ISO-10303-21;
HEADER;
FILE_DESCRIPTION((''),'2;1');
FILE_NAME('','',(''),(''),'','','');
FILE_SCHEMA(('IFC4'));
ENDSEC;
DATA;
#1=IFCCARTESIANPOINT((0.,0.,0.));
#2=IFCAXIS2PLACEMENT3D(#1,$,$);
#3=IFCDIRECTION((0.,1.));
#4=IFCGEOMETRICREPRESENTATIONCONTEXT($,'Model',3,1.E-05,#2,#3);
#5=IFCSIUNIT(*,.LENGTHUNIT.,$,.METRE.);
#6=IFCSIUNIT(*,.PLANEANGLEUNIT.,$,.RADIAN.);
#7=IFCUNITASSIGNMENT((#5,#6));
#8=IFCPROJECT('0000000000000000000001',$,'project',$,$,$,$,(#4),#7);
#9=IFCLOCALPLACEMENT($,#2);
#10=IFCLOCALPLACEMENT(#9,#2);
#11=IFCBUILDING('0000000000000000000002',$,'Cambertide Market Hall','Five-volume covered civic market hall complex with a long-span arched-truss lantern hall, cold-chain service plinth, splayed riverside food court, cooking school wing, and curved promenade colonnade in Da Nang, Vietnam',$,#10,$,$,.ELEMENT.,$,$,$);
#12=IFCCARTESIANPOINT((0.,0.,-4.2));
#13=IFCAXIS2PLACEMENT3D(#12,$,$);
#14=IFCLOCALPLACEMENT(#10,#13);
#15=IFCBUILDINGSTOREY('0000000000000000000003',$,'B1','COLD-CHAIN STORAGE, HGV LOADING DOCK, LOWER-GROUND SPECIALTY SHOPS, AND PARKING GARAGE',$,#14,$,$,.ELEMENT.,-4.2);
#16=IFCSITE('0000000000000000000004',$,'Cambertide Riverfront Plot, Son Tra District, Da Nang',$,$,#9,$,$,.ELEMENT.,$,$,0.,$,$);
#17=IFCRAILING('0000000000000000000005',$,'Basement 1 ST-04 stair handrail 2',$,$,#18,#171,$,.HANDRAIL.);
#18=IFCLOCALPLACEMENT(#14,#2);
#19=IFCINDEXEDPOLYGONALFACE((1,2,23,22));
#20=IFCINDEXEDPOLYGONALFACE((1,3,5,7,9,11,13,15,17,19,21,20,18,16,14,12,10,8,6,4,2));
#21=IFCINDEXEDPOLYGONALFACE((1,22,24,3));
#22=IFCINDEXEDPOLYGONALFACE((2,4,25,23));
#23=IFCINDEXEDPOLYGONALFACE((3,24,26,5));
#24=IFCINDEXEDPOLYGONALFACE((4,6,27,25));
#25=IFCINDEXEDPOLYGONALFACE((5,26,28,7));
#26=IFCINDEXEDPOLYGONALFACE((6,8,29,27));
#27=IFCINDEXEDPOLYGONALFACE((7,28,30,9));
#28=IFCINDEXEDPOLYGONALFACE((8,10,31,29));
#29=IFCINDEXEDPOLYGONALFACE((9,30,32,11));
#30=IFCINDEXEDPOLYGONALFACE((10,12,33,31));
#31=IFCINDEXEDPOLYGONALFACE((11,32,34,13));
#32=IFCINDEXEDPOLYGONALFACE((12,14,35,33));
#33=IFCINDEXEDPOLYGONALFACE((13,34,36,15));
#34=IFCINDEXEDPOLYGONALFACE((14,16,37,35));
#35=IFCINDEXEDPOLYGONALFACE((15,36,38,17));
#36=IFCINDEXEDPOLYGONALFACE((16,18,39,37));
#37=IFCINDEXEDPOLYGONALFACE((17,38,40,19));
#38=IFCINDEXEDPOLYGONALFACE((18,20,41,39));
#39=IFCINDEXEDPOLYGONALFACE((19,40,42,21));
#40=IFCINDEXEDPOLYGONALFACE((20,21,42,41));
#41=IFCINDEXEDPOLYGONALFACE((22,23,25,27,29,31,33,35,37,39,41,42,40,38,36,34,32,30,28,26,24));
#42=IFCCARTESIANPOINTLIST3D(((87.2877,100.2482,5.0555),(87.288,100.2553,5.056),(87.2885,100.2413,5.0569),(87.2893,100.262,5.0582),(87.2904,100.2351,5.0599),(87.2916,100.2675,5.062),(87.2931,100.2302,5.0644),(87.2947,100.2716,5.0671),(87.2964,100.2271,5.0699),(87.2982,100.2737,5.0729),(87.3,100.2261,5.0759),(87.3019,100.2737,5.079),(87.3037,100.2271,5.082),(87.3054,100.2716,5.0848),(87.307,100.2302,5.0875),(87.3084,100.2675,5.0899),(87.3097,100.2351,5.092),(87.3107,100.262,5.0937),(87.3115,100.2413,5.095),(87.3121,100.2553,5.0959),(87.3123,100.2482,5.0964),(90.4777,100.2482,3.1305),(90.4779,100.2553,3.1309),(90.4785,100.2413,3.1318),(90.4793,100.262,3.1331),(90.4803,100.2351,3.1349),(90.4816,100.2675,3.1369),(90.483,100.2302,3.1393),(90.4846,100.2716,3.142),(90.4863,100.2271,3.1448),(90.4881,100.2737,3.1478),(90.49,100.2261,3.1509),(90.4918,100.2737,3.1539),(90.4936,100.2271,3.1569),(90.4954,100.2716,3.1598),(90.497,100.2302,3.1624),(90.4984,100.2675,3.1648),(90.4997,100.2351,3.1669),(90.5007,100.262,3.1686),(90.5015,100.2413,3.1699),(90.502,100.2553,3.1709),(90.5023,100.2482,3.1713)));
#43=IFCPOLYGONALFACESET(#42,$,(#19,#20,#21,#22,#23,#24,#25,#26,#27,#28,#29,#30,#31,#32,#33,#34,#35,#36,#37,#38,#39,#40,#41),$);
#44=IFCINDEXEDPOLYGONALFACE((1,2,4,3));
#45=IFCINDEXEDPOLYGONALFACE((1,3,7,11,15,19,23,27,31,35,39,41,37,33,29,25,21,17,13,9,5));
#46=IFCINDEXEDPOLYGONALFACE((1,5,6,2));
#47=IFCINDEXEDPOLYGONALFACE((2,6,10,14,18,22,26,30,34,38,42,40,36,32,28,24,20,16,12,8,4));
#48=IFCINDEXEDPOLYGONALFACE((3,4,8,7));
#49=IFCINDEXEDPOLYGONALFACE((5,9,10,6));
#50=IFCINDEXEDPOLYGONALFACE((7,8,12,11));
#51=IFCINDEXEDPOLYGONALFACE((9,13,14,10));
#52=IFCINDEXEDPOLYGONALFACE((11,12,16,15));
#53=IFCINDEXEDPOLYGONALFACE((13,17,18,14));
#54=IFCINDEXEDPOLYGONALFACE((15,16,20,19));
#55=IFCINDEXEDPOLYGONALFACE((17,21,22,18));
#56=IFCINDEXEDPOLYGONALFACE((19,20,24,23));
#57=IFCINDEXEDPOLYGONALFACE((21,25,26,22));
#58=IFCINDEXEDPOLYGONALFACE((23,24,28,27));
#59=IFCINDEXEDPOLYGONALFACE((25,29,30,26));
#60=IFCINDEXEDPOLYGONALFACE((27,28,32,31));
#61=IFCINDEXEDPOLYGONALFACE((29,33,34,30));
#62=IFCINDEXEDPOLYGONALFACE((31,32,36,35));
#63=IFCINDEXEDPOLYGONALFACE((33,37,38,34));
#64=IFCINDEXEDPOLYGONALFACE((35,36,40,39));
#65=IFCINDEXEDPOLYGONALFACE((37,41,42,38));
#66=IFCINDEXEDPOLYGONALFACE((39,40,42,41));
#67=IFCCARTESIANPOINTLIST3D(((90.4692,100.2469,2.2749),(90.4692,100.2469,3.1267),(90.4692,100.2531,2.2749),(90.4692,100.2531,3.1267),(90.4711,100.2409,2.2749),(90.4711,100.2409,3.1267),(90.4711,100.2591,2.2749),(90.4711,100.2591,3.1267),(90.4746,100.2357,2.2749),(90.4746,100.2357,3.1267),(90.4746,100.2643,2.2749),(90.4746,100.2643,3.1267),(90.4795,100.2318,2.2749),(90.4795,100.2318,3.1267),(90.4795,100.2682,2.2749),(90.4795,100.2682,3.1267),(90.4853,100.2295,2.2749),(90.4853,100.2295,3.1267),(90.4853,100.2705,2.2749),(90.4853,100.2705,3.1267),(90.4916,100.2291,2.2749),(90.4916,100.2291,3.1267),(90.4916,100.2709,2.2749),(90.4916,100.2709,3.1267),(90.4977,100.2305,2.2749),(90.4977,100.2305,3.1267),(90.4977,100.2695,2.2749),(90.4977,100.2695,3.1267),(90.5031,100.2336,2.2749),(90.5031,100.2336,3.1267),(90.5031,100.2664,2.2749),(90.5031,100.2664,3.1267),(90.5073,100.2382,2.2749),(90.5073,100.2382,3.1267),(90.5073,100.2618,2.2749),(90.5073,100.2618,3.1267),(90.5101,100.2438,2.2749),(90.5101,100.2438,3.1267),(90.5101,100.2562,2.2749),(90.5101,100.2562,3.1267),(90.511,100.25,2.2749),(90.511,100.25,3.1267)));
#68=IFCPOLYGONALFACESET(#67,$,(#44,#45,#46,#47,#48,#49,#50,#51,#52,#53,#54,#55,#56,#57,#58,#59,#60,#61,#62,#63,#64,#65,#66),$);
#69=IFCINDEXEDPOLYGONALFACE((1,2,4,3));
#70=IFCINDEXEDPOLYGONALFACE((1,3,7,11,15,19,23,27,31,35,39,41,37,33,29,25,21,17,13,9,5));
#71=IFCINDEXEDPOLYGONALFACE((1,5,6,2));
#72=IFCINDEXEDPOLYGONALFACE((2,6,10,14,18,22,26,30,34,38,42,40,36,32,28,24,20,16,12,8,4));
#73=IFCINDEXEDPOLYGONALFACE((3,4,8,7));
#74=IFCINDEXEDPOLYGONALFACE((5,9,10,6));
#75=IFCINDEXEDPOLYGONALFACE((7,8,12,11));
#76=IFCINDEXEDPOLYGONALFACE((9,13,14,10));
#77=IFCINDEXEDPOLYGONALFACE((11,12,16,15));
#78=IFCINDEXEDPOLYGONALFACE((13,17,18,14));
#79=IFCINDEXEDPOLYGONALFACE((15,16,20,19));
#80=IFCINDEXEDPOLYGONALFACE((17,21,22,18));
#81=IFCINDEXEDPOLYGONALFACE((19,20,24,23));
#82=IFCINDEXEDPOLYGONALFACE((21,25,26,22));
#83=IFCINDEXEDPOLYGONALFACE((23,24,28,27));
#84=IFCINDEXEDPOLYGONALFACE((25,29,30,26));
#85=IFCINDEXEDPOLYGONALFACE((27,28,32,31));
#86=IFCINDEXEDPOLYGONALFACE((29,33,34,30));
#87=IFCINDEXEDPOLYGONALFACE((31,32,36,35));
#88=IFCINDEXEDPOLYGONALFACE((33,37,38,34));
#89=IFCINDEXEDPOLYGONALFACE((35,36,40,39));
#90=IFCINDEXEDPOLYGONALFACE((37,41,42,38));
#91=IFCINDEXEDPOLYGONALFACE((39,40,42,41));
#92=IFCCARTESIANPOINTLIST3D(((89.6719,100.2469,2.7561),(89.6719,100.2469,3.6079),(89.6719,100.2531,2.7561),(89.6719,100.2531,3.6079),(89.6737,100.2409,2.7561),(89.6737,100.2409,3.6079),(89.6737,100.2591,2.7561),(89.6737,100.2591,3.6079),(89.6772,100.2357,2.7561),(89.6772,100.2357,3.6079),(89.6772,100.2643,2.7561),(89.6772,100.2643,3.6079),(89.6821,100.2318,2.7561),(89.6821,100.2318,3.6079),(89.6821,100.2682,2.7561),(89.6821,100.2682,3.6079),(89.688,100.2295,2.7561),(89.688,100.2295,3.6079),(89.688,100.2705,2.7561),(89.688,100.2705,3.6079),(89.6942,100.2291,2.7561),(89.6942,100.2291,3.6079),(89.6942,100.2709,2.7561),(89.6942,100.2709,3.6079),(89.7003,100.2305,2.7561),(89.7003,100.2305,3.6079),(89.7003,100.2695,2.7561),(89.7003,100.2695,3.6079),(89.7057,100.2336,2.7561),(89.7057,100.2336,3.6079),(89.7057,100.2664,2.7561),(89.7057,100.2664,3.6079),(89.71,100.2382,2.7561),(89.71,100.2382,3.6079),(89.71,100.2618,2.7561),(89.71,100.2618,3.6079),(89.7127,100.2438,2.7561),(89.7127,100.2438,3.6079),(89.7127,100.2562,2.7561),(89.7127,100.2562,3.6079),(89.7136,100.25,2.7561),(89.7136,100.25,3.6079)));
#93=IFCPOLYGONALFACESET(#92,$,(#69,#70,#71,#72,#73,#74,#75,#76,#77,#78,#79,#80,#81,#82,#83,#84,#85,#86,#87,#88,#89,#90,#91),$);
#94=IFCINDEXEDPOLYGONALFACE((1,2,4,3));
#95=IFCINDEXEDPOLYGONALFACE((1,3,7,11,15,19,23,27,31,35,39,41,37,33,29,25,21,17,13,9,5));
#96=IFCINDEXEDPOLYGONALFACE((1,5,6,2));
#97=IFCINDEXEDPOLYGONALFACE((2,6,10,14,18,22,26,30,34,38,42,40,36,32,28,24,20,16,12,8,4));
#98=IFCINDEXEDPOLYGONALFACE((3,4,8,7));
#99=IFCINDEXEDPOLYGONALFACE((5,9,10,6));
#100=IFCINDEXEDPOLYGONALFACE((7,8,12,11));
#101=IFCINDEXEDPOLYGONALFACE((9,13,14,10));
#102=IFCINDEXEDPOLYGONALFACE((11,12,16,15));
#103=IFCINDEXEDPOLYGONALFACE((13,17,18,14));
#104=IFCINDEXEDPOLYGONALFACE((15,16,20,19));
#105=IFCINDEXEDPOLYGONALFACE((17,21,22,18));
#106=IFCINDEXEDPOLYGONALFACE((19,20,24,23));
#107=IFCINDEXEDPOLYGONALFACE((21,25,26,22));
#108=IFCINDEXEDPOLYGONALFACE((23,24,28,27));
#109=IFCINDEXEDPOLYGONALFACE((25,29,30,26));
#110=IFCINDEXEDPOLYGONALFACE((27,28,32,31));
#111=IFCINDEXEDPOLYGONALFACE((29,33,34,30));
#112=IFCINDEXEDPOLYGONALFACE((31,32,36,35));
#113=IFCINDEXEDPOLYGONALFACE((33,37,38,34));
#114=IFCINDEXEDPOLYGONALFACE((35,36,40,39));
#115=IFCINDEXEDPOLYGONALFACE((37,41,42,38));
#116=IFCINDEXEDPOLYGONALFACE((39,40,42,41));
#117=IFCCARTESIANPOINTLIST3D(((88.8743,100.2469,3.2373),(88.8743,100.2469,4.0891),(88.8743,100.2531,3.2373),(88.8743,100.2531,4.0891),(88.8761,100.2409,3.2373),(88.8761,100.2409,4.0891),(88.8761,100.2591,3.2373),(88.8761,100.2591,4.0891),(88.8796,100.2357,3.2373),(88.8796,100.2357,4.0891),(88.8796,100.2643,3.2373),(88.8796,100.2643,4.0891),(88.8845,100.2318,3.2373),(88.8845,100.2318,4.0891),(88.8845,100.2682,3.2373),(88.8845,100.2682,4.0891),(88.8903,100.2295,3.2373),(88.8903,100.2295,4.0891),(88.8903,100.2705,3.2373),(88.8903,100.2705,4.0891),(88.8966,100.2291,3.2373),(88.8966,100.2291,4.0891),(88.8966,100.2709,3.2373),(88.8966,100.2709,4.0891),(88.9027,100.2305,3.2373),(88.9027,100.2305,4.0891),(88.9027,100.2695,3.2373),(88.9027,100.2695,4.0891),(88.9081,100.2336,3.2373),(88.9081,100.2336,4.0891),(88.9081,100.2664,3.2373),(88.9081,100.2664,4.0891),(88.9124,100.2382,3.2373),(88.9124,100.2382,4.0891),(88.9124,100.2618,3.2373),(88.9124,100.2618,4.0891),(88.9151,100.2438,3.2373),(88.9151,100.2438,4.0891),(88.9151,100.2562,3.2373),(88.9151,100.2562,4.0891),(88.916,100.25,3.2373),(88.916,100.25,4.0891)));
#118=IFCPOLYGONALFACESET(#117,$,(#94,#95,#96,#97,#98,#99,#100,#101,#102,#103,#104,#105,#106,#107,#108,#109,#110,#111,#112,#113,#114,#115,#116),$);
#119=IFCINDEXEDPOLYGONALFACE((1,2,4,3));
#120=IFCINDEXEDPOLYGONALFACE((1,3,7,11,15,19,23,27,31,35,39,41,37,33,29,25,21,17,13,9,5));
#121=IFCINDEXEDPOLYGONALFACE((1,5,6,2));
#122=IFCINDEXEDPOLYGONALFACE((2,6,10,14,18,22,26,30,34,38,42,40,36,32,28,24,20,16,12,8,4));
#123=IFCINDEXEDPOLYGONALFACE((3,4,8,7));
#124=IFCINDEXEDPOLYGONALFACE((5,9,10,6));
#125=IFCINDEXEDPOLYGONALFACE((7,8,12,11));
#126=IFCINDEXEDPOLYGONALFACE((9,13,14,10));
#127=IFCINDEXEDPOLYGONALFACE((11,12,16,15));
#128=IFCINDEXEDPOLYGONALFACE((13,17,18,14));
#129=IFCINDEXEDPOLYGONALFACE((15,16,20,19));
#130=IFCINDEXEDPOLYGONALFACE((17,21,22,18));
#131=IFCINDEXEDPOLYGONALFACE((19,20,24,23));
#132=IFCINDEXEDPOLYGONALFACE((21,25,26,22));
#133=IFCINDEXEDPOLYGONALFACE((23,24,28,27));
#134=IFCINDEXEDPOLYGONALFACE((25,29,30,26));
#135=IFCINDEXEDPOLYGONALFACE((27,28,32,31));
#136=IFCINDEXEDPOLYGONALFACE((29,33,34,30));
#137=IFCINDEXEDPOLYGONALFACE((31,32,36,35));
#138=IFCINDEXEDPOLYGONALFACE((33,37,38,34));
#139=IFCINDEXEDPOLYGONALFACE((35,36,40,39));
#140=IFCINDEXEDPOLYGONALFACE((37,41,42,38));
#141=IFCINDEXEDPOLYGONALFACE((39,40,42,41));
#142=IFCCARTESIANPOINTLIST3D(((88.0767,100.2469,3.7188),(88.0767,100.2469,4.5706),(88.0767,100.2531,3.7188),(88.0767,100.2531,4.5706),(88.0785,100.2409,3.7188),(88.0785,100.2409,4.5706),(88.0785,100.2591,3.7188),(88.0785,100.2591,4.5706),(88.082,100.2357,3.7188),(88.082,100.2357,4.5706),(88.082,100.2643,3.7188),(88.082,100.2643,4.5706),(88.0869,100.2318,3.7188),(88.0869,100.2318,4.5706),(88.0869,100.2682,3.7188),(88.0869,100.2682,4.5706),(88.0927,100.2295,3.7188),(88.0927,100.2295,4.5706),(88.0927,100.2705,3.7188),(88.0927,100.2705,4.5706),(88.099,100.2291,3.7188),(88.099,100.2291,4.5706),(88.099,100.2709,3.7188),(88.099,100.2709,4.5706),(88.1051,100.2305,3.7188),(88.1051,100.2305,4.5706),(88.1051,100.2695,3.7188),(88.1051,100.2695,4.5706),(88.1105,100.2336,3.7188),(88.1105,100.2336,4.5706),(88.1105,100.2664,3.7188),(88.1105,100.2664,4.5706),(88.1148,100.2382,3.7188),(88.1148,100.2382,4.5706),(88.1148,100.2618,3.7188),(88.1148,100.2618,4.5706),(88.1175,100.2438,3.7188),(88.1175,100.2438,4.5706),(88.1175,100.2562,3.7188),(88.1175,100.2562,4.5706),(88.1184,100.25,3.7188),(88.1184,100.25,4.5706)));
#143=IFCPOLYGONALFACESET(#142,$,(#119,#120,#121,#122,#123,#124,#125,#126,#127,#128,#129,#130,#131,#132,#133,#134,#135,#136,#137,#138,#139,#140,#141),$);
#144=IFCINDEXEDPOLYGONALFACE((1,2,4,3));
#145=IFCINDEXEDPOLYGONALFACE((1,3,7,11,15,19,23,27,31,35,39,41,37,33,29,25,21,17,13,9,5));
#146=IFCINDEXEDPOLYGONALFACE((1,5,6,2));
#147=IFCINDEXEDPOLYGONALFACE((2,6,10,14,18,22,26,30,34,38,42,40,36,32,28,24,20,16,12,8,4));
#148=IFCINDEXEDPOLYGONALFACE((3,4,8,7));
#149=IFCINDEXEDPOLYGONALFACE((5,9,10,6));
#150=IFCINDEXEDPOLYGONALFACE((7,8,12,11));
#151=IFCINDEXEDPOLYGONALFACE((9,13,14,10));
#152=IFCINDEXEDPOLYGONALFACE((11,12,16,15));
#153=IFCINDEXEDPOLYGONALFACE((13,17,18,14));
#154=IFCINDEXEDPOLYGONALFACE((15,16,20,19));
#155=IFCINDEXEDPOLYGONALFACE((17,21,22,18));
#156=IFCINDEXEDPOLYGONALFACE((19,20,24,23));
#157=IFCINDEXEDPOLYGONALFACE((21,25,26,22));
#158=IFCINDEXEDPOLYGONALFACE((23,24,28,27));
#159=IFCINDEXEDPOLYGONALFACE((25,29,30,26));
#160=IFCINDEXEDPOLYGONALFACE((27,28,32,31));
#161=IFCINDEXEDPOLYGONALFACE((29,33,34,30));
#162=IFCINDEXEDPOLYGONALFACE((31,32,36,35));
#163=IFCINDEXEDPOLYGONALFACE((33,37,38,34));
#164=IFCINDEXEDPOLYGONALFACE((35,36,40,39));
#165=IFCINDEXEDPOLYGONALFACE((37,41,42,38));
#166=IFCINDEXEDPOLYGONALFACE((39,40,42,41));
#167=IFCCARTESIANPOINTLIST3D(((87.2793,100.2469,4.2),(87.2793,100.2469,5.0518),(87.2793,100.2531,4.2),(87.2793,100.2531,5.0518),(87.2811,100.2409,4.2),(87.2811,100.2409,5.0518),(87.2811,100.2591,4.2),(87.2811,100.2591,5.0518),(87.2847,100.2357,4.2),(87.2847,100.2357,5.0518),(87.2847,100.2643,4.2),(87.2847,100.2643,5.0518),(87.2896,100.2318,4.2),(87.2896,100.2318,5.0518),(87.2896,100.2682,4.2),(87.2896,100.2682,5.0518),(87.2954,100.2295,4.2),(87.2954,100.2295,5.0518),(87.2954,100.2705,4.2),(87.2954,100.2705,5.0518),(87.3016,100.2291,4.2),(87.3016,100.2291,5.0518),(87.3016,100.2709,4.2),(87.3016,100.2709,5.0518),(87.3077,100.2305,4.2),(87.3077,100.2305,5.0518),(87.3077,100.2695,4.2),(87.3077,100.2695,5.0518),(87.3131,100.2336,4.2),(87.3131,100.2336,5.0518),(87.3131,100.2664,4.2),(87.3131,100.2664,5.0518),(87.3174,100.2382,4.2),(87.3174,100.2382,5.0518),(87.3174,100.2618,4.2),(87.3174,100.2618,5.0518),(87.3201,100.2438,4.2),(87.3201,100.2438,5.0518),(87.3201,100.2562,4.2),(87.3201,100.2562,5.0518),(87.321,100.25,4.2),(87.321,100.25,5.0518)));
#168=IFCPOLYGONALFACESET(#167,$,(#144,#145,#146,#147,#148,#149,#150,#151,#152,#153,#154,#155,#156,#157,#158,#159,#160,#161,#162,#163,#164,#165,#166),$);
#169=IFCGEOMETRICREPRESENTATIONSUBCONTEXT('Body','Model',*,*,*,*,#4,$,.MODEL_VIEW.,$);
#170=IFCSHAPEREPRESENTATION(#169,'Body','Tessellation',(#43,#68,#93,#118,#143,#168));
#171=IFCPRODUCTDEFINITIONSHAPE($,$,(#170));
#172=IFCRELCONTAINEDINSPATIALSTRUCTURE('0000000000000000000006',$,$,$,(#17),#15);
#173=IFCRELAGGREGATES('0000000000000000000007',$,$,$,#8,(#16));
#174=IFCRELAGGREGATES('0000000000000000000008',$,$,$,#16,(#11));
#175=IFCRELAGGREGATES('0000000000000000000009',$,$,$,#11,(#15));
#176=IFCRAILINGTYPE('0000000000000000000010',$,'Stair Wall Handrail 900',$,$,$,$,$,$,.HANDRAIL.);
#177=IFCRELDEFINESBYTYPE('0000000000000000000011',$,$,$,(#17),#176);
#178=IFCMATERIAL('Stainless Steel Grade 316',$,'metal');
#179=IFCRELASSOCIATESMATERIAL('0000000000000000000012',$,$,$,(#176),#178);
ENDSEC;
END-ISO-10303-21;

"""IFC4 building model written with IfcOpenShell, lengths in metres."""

from ifc_helpers import new_model, si_unit, direction, frame, origin, origin_2d, place, context, subcontext, project, spatial, circle, extrude, material, type_object, element, save


model = new_model("IFC4")

# Units and contexts
model_context = context("Model", 3, precision=1e-05, world=origin(), true_north=direction((0.0, 1.0)))
body_context = subcontext(model_context, "Body", "Model", "MODEL_VIEW")
ifc_project = project(units=[si_unit("LENGTHUNIT", "METRE"), si_unit("PLANEANGLEUNIT", "RADIAN")], contexts=[model_context])

# Site, building, storey
site_placement = place(None, origin())
site = spatial("IfcSite", under=ifc_project, at=site_placement, Name="Cambertide Riverfront Plot, Son Tra District, Da Nang", CompositionType="ELEMENT", RefElevation=0.0)
building_placement = place(site_placement, origin())
building = spatial("IfcBuilding", under=site, at=building_placement, Name="Cambertide Market Hall", Description="Five-volume covered civic market hall complex with a long-span arched-truss lantern hall, cold-chain service plinth, splayed riverside food court, cooking school wing, and curved promenade colonnade in Da Nang, Vietnam", CompositionType="ELEMENT")
storey_placement = place(building_placement, frame((0.0, 0.0, -4.2)))
storey = spatial("IfcBuildingStorey", under=building, at=storey_placement, Name="B1", Description="COLD-CHAIN STORAGE, HGV LOADING DOCK, LOWER-GROUND SPECIALTY SHOPS, AND PARKING GARAGE", CompositionType="ELEMENT", Elevation=-4.2)

# Railing
ifc_material_1 = material(Name="Stainless Steel Grade 316", Category="metal")
railing_type_1 = type_object("IfcRailingType", Name="Stair Wall Handrail 900", PredefinedType="HANDRAIL", material=ifc_material_1)
railing_1_placement = place(storey_placement, frame((90.49, 100.25, 2.2749)))
element("IfcRailing", 1, at=railing_1_placement, inside=storey, type_object=railing_type_1, Name="Basement 1 ST-04 stair handrail 2", PredefinedType="HANDRAIL", context=body_context, shape_type="SweptSolid", body=[
    extrude(circle(Radius=0.0239, at=origin_2d()), frame((0.0, 0.0, 0.876), z_axis=(-0.856178, 0.0, 0.516682), x_axis=(0.0, -1.0, 0.0)), (0.0, 0.0, 1.0), 3.7258),
    extrude(circle(Radius=0.021, at=origin_2d()), origin(), (0.0, 0.0, 1.0), 0.8518),
    extrude(circle(Radius=0.021, at=origin_2d()), frame((-0.7974, 0.0, 0.4812)), (0.0, 0.0, 1.0), 0.8518),
    extrude(circle(Radius=0.021, at=origin_2d()), frame((-1.595, 0.0, 0.9624)), (0.0, 0.0, 1.0), 0.8518),
    extrude(circle(Radius=0.021, at=origin_2d()), frame((-2.3926, 0.0, 1.4438)), (0.0, 0.0, 1.0), 0.8518),
    extrude(circle(Radius=0.021, at=origin_2d()), frame((-3.1899, 0.0, 1.925)), (0.0, 0.0, 1.0), 0.8518),
])

save(model, "model.ifc")
